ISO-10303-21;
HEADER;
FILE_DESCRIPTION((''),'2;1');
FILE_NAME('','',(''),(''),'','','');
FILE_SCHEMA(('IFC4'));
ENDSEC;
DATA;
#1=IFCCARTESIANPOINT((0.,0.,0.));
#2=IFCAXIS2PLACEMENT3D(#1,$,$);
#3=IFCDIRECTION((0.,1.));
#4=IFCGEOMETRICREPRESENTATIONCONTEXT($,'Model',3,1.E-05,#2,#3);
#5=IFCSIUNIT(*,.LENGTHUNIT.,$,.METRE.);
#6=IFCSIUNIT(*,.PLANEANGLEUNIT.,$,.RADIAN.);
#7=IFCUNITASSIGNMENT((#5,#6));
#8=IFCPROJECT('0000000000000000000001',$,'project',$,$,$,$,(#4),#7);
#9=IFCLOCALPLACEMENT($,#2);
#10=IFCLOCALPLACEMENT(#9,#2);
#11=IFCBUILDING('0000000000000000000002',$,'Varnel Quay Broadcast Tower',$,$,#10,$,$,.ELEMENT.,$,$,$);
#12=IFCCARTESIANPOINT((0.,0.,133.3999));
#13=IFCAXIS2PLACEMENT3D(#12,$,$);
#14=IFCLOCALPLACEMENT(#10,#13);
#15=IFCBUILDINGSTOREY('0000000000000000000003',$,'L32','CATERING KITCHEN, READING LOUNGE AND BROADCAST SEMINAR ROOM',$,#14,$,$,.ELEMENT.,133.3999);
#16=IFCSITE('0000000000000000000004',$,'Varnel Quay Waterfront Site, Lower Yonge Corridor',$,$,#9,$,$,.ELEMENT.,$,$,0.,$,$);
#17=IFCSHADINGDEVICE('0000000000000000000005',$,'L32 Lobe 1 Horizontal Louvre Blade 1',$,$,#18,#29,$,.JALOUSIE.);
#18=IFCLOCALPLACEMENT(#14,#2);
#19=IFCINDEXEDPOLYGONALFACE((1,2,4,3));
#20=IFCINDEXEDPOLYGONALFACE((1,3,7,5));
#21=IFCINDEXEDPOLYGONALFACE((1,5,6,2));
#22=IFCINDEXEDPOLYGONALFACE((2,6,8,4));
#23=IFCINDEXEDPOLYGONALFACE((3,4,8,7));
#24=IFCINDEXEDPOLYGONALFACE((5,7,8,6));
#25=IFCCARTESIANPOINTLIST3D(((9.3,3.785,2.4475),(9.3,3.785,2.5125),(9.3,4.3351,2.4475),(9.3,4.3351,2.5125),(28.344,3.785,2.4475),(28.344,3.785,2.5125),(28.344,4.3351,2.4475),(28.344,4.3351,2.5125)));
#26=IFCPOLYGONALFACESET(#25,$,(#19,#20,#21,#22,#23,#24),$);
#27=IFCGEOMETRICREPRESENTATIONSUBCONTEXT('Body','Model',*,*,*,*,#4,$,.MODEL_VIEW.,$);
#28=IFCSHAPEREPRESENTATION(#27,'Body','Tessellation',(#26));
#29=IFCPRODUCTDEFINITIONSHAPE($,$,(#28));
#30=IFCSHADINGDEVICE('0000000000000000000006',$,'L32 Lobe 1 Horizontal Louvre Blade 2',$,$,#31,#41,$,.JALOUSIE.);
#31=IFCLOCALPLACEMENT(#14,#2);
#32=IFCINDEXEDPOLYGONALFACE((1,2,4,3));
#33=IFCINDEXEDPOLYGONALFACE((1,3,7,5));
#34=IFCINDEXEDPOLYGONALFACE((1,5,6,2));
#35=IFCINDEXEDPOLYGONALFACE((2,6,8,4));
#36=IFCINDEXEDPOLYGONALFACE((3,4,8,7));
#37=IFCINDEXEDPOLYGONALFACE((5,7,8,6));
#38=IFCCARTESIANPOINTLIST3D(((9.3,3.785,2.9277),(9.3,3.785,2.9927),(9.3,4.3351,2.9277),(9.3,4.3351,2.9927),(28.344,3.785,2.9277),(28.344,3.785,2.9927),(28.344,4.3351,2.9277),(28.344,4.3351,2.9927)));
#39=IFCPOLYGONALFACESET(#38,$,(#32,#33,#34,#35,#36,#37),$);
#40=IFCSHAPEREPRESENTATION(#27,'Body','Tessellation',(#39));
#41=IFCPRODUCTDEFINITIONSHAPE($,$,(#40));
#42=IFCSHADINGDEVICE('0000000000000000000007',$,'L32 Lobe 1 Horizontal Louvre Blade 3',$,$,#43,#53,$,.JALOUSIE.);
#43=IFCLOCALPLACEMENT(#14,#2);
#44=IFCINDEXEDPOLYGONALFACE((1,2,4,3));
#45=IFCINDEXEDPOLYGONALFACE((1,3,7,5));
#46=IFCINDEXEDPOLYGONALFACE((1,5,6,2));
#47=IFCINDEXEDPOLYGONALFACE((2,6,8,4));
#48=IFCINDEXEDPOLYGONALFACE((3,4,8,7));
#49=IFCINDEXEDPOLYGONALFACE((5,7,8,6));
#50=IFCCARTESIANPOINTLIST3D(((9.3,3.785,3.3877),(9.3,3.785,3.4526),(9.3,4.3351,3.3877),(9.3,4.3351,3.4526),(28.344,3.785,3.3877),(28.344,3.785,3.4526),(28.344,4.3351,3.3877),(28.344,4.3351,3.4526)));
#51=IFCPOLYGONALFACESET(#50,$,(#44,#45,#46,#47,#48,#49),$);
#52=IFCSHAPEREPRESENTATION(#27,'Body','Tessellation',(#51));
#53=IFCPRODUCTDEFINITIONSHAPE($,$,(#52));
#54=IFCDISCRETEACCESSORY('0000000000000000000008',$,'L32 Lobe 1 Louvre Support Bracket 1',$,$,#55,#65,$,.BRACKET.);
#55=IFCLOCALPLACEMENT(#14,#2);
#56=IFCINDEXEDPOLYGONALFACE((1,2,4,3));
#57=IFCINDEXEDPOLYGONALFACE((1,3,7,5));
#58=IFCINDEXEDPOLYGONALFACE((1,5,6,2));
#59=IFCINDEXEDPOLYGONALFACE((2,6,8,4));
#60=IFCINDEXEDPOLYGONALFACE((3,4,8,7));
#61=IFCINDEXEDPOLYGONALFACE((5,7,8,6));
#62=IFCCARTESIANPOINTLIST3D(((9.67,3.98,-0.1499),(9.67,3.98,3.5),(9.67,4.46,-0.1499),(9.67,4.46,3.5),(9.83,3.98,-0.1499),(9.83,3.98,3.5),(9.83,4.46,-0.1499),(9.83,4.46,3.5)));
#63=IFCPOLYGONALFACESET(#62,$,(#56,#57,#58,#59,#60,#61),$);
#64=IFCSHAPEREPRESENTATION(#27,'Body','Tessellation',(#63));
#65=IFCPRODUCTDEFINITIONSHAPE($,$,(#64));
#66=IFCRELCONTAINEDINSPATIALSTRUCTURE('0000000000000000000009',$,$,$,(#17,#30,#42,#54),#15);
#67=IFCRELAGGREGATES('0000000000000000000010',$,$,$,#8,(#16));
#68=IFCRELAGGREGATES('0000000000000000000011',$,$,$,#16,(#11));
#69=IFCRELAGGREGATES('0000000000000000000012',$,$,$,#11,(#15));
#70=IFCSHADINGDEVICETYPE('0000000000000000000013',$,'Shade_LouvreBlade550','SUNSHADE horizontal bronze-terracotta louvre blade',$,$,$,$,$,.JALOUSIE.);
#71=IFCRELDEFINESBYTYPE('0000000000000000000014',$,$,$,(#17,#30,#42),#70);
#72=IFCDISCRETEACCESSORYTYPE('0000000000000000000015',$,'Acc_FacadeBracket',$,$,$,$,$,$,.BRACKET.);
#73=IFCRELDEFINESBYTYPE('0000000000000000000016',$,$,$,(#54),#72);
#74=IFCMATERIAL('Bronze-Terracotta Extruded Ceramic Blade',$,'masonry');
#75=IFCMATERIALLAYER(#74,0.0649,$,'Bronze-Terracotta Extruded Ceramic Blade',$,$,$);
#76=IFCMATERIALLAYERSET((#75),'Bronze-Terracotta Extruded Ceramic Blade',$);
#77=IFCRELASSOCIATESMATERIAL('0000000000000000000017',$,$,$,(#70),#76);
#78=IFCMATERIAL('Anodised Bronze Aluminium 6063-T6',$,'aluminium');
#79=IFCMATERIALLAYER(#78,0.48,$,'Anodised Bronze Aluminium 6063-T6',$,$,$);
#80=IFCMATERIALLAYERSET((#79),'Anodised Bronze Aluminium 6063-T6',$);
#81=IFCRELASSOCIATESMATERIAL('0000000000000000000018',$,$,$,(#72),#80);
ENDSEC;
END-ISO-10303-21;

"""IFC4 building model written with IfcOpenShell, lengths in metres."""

from ifc_helpers import new_model, si_unit, direction, frame, origin, origin_2d, place, context, subcontext, project, spatial, rectangle, extrude, source, transform, mapped, material, layer, layer_set, type_object, type_shapes, element, save


model = new_model("IFC4")

# Units and contexts
model_context = context("Model", 3, precision=1e-05, world=origin(), true_north=direction((0.0, 1.0)))
body_context = subcontext(model_context, "Body", "Model", "MODEL_VIEW")
ifc_project = project(units=[si_unit("LENGTHUNIT", "METRE"), si_unit("PLANEANGLEUNIT", "RADIAN")], contexts=[model_context])

# Site, building, storey
site_placement = place(None, origin())
site = spatial("IfcSite", under=ifc_project, at=site_placement, Name="Varnel Quay Waterfront Site, Lower Yonge Corridor", CompositionType="ELEMENT", RefElevation=0.0)
building_placement = place(site_placement, origin())
building = spatial("IfcBuilding", under=site, at=building_placement, Name="Varnel Quay Broadcast Tower", CompositionType="ELEMENT")
storey_placement = place(building_placement, frame((0.0, 0.0, 133.3999)))
storey = spatial("IfcBuildingStorey", under=building, at=storey_placement, Name="L32", Description="CATERING KITCHEN, READING LOUNGE AND BROADCAST SEMINAR ROOM", CompositionType="ELEMENT", Elevation=133.3999)

# Shared definitions
ifc_material_1 = material(Name="Anodised Bronze Aluminium 6063-T6", Category="aluminium")

# Shared definitions
ifc_material_2 = material(Name="Bronze-Terracotta Extruded Ceramic Blade", Category="masonry")

# Shading devices
ifc_layer_1 = layer(ifc_material_2, 0.0649, Name="Bronze-Terracotta Extruded Ceramic Blade")
ifc_layer_set_1 = layer_set([ifc_layer_1], Name="Bronze-Terracotta Extruded Ceramic Blade")
shading_device_type = type_object("IfcShadingDeviceType", Name="Shade_LouvreBlade550", Description="SUNSHADE horizontal bronze-terracotta louvre blade", PredefinedType="JALOUSIE", material=ifc_layer_set_1)
shared_shape_1 = source(origin(), body_context, "Body", "SweptSolid", [
    extrude(rectangle(XDim=19.0439, YDim=0.55, at=origin_2d()), origin(), (0.0, 0.0, 1.0), 0.0649),
])
type_shapes(shading_device_type, [shared_shape_1])
for number, where, z_axis, x_axis, name in (
    (1, (18.822, 4.0601, 2.4475), (0.0, 0.0, 1.0), (1.0, 0.0, 0.0), "L32 Lobe 1 Horizontal Louvre Blade 1"),
    (2, (18.822, 4.0601, 2.9277), (0.0, 0.0, 1.0), (1.0, 0.0, 0.0), "L32 Lobe 1 Horizontal Louvre Blade 2"),
    (3, (18.822, 4.0601, 3.3877), (0.0, 0.0, 1.0), (1.0, 0.0, 0.0), "L32 Lobe 1 Horizontal Louvre Blade 3"),
):
    element("IfcShadingDevice", number, at=place(storey_placement, frame(where, z_axis=z_axis, x_axis=x_axis)), inside=storey, type_object=shading_device_type, Name=name, PredefinedType="JALOUSIE", context=body_context, shape_type="MappedRepresentation", body=[
        mapped(shared_shape_1, transform((0.0, 0.0, 0.0), x_axis=(1.0, 0.0, 0.0), y_axis=(0.0, 1.0, 0.0), z_axis=(0.0, 0.0, 1.0), scale=1.0)),
    ])

# Discrete accessory
ifc_layer_2 = layer(ifc_material_1, 0.48, Name="Anodised Bronze Aluminium 6063-T6")
ifc_layer_set_2 = layer_set([ifc_layer_2], Name="Anodised Bronze Aluminium 6063-T6")
discrete_accessory_type = type_object("IfcDiscreteAccessoryType", Name="Acc_FacadeBracket", PredefinedType="BRACKET", material=ifc_layer_set_2)
shared_shape_2 = source(origin(), body_context, "Body", "SweptSolid", [
    extrude(rectangle(XDim=0.1599, YDim=0.48, at=origin_2d()), origin(), (0.0, 0.0, 1.0), 3.6499),
])
type_shapes(discrete_accessory_type, [shared_shape_2])
discrete_accessory_placement = place(storey_placement, frame((9.75, 4.22, -0.1499), z_axis=(0.0, 0.0, 1.0), x_axis=(1.0, 0.0, 0.0)))
element("IfcDiscreteAccessory", 4, at=discrete_accessory_placement, inside=storey, type_object=discrete_accessory_type, Name="L32 Lobe 1 Louvre Support Bracket 1", PredefinedType="BRACKET", context=body_context, shape_type="MappedRepresentation", body=[
    mapped(shared_shape_2, transform((0.0, 0.0, 0.0), x_axis=(1.0, 0.0, 0.0), y_axis=(0.0, 1.0, 0.0), z_axis=(0.0, 0.0, 1.0), scale=1.0)),
])

save(model, "model.ifc")
